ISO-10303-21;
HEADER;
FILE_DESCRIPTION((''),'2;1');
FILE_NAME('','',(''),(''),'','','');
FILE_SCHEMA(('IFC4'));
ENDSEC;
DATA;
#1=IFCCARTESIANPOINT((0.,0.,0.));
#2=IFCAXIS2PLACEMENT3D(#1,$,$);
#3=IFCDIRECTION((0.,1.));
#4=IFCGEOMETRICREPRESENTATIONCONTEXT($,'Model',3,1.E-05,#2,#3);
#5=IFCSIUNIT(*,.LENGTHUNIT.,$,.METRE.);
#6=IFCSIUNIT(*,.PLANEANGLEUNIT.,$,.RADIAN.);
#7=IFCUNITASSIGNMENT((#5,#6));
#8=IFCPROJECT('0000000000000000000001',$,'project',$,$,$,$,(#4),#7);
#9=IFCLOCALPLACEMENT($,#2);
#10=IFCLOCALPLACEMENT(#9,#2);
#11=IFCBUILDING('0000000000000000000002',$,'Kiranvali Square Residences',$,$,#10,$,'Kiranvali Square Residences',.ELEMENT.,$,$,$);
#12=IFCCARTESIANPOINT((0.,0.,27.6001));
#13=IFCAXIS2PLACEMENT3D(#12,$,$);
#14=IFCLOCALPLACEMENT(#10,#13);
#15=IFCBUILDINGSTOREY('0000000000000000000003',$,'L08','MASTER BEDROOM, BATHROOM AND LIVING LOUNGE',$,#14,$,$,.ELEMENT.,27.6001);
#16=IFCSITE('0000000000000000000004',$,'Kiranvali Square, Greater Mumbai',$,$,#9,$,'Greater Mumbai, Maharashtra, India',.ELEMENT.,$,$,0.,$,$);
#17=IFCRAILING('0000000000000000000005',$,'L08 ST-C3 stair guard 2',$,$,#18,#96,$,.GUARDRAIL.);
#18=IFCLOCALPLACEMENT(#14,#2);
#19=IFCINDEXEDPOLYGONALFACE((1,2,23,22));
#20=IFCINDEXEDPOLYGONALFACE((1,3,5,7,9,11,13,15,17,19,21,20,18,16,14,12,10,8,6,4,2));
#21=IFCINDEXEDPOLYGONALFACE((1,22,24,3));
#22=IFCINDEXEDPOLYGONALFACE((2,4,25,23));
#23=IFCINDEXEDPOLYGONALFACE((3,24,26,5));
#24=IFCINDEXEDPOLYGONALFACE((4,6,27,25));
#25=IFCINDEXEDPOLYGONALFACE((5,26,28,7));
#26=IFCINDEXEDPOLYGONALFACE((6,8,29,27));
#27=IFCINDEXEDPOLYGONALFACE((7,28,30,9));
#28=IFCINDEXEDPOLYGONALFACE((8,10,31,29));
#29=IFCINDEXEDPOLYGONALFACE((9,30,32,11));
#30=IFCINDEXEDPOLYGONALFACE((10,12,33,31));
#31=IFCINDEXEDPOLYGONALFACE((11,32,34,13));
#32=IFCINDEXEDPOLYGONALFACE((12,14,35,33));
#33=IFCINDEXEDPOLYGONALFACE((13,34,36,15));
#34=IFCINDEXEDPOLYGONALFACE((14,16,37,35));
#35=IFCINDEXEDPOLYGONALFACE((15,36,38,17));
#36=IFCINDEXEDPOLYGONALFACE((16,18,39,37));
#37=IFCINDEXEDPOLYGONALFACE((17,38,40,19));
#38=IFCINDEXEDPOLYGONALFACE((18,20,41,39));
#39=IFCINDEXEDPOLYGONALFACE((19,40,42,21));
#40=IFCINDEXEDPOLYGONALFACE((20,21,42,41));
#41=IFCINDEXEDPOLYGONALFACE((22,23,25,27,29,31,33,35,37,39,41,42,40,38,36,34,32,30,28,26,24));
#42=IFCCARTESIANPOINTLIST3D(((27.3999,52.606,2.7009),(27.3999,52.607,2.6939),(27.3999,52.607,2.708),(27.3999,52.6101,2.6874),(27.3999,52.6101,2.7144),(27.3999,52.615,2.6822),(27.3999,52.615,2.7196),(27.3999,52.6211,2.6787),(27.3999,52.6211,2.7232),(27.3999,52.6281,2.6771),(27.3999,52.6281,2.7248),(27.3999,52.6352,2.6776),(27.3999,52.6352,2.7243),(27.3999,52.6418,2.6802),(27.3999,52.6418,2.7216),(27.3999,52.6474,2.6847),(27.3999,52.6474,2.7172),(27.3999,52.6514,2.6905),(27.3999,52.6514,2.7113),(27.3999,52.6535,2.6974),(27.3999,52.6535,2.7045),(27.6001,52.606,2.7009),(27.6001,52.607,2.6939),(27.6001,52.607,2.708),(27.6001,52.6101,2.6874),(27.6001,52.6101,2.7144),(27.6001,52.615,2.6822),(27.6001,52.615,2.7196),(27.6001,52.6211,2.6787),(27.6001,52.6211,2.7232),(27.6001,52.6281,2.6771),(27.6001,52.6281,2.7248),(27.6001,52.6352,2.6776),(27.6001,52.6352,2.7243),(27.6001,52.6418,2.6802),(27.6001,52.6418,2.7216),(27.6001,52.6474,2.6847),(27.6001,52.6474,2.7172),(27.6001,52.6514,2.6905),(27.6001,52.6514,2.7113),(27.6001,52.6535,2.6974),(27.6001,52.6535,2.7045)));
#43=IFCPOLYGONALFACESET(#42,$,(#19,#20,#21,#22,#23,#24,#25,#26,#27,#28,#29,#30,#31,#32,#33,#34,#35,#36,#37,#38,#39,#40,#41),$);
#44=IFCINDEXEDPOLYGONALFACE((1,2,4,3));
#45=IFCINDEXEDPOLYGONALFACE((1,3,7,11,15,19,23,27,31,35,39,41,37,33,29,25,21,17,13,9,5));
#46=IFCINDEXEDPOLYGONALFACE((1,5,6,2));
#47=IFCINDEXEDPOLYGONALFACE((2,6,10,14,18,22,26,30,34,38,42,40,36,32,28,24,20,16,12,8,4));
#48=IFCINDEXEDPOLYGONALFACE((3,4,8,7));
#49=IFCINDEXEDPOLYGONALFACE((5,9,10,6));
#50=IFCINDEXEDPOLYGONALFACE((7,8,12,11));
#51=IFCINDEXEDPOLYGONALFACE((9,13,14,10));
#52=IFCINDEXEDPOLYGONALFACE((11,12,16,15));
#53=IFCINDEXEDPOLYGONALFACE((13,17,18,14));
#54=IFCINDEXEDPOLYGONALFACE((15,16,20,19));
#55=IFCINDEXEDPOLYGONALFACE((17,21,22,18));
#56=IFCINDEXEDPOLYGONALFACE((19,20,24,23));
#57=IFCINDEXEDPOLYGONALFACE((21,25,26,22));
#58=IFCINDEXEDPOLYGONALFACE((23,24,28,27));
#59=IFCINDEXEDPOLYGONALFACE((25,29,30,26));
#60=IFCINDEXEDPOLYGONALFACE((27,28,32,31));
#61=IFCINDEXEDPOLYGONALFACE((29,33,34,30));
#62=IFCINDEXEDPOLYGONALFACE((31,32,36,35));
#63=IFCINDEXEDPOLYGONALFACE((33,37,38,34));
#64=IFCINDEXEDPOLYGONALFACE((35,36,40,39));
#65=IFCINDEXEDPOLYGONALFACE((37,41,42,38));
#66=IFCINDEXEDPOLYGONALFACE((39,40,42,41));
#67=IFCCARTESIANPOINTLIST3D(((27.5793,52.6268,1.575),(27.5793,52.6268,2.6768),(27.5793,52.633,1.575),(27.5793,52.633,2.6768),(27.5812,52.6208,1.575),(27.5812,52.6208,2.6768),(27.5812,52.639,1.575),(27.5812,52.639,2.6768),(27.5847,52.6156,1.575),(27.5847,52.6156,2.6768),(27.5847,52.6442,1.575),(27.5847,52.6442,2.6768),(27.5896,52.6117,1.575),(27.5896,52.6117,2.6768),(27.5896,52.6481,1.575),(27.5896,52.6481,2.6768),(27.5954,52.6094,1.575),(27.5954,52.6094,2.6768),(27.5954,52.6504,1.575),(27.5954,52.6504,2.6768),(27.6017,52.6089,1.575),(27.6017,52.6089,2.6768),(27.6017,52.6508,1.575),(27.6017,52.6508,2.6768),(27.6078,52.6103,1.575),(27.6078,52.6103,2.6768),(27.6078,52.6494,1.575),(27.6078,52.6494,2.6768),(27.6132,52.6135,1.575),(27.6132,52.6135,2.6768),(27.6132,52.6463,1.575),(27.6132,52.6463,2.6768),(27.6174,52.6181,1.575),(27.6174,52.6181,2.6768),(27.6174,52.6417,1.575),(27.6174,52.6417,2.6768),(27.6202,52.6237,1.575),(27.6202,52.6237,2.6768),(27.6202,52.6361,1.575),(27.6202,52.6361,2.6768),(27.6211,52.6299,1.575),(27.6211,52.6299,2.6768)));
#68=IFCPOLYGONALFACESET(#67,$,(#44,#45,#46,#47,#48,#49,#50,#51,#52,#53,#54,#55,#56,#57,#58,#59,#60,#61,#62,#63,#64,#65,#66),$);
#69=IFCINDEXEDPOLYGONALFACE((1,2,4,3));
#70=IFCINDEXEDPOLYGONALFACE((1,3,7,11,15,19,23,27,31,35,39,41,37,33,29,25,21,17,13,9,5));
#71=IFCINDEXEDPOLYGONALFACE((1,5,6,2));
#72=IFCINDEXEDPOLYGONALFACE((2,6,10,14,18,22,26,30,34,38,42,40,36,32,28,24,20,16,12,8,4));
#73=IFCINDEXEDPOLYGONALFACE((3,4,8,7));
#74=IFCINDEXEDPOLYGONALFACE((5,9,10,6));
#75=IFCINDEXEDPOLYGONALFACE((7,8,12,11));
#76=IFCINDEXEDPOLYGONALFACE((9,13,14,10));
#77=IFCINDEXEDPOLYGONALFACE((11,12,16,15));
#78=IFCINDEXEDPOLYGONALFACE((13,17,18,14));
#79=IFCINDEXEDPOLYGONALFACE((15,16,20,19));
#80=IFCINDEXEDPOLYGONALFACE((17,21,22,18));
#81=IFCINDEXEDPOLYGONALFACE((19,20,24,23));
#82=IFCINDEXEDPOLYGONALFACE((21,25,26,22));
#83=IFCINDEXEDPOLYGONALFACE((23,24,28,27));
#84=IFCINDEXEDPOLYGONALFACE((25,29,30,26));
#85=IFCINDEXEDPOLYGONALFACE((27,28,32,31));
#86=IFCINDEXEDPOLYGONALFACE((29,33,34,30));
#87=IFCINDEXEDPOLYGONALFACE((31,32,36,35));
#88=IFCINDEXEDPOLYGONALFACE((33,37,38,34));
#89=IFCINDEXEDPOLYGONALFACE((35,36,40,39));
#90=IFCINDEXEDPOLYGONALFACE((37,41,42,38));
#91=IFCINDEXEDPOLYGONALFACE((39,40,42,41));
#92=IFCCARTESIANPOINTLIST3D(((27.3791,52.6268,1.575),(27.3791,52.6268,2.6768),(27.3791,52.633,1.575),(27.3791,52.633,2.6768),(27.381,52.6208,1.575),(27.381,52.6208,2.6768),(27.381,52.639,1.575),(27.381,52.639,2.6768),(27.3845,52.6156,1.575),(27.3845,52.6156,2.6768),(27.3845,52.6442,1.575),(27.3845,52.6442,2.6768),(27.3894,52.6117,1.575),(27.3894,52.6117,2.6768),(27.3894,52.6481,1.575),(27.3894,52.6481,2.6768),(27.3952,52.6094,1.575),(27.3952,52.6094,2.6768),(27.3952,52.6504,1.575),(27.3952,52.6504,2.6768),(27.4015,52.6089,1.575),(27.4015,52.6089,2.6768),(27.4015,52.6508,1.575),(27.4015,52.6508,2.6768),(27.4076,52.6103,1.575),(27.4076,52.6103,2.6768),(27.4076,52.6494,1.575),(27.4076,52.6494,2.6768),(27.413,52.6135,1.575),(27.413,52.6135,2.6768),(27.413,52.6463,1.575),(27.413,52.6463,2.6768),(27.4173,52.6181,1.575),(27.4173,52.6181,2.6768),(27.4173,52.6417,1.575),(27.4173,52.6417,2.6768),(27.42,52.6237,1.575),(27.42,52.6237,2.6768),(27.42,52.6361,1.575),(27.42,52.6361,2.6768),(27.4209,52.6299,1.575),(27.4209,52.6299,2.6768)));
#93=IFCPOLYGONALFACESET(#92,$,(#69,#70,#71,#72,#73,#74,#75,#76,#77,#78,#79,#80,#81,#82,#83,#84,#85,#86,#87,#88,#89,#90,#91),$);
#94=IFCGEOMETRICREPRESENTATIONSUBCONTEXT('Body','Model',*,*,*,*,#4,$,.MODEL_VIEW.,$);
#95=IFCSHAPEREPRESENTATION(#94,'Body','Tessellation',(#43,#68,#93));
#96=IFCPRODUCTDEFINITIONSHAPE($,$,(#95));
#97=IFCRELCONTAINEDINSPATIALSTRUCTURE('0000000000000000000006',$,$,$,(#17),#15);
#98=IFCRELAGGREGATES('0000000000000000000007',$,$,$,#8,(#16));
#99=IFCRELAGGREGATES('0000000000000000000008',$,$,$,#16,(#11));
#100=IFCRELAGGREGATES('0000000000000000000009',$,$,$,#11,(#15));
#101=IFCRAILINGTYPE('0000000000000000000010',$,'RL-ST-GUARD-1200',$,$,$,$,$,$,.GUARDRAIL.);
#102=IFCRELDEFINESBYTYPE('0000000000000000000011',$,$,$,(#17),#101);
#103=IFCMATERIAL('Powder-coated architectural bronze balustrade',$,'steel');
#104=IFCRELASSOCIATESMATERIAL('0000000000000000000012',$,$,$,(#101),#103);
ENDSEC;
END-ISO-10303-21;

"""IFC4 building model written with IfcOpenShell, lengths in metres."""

from ifc_helpers import new_model, si_unit, direction, frame, origin, origin_2d, place, context, subcontext, project, spatial, circle, extrude, material, type_object, element, save


model = new_model("IFC4")

# Units and contexts
model_context = context("Model", 3, precision=1e-05, world=origin(), true_north=direction((0.0, 1.0)))
body_context = subcontext(model_context, "Body", "Model", "MODEL_VIEW")
ifc_project = project(units=[si_unit("LENGTHUNIT", "METRE"), si_unit("PLANEANGLEUNIT", "RADIAN")], contexts=[model_context])

# Site, building, storey
site_placement = place(None, origin())
site = spatial("IfcSite", under=ifc_project, at=site_placement, Name="Kiranvali Square, Greater Mumbai", LongName="Greater Mumbai, Maharashtra, India", CompositionType="ELEMENT", RefElevation=0.0)
building_placement = place(site_placement, origin())
building = spatial("IfcBuilding", under=site, at=building_placement, Name="Kiranvali Square Residences", LongName="Kiranvali Square Residences", CompositionType="ELEMENT")
storey_placement = place(building_placement, frame((0.0, 0.0, 27.6001)))
storey = spatial("IfcBuildingStorey", under=building, at=storey_placement, Name="L08", Description="MASTER BEDROOM, BATHROOM AND LIVING LOUNGE", CompositionType="ELEMENT", Elevation=27.6001)

# Railing
ifc_material_1 = material(Name="Powder-coated architectural bronze balustrade", Category="steel")
railing_type_1 = type_object("IfcRailingType", Name="RL-ST-GUARD-1200", PredefinedType="GUARDRAIL", material=ifc_material_1)
railing_1_placement = place(storey_placement, frame((27.6001, 52.6299, 1.575)))
element("IfcRailing", 1, at=railing_1_placement, inside=storey, type_object=railing_type_1, Name="L08 ST-C3 stair guard 2", PredefinedType="GUARDRAIL", context=body_context, shape_type="SweptSolid", body=[
    extrude(circle(Radius=0.0239, at=origin_2d()), frame((0.0, 0.0, 1.126), z_axis=(-1.0, 0.0, 0.0), x_axis=(0.0, -1.0, 0.0)), (0.0, 0.0, 1.0), 0.2002),
    extrude(circle(Radius=0.021, at=origin_2d()), origin(), (0.0, 0.0, 1.0), 1.1018),
    extrude(circle(Radius=0.021, at=origin_2d()), frame((-0.2002, 0.0, 0.0)), (0.0, 0.0, 1.0), 1.1018),
])

save(model, "model.ifc")
